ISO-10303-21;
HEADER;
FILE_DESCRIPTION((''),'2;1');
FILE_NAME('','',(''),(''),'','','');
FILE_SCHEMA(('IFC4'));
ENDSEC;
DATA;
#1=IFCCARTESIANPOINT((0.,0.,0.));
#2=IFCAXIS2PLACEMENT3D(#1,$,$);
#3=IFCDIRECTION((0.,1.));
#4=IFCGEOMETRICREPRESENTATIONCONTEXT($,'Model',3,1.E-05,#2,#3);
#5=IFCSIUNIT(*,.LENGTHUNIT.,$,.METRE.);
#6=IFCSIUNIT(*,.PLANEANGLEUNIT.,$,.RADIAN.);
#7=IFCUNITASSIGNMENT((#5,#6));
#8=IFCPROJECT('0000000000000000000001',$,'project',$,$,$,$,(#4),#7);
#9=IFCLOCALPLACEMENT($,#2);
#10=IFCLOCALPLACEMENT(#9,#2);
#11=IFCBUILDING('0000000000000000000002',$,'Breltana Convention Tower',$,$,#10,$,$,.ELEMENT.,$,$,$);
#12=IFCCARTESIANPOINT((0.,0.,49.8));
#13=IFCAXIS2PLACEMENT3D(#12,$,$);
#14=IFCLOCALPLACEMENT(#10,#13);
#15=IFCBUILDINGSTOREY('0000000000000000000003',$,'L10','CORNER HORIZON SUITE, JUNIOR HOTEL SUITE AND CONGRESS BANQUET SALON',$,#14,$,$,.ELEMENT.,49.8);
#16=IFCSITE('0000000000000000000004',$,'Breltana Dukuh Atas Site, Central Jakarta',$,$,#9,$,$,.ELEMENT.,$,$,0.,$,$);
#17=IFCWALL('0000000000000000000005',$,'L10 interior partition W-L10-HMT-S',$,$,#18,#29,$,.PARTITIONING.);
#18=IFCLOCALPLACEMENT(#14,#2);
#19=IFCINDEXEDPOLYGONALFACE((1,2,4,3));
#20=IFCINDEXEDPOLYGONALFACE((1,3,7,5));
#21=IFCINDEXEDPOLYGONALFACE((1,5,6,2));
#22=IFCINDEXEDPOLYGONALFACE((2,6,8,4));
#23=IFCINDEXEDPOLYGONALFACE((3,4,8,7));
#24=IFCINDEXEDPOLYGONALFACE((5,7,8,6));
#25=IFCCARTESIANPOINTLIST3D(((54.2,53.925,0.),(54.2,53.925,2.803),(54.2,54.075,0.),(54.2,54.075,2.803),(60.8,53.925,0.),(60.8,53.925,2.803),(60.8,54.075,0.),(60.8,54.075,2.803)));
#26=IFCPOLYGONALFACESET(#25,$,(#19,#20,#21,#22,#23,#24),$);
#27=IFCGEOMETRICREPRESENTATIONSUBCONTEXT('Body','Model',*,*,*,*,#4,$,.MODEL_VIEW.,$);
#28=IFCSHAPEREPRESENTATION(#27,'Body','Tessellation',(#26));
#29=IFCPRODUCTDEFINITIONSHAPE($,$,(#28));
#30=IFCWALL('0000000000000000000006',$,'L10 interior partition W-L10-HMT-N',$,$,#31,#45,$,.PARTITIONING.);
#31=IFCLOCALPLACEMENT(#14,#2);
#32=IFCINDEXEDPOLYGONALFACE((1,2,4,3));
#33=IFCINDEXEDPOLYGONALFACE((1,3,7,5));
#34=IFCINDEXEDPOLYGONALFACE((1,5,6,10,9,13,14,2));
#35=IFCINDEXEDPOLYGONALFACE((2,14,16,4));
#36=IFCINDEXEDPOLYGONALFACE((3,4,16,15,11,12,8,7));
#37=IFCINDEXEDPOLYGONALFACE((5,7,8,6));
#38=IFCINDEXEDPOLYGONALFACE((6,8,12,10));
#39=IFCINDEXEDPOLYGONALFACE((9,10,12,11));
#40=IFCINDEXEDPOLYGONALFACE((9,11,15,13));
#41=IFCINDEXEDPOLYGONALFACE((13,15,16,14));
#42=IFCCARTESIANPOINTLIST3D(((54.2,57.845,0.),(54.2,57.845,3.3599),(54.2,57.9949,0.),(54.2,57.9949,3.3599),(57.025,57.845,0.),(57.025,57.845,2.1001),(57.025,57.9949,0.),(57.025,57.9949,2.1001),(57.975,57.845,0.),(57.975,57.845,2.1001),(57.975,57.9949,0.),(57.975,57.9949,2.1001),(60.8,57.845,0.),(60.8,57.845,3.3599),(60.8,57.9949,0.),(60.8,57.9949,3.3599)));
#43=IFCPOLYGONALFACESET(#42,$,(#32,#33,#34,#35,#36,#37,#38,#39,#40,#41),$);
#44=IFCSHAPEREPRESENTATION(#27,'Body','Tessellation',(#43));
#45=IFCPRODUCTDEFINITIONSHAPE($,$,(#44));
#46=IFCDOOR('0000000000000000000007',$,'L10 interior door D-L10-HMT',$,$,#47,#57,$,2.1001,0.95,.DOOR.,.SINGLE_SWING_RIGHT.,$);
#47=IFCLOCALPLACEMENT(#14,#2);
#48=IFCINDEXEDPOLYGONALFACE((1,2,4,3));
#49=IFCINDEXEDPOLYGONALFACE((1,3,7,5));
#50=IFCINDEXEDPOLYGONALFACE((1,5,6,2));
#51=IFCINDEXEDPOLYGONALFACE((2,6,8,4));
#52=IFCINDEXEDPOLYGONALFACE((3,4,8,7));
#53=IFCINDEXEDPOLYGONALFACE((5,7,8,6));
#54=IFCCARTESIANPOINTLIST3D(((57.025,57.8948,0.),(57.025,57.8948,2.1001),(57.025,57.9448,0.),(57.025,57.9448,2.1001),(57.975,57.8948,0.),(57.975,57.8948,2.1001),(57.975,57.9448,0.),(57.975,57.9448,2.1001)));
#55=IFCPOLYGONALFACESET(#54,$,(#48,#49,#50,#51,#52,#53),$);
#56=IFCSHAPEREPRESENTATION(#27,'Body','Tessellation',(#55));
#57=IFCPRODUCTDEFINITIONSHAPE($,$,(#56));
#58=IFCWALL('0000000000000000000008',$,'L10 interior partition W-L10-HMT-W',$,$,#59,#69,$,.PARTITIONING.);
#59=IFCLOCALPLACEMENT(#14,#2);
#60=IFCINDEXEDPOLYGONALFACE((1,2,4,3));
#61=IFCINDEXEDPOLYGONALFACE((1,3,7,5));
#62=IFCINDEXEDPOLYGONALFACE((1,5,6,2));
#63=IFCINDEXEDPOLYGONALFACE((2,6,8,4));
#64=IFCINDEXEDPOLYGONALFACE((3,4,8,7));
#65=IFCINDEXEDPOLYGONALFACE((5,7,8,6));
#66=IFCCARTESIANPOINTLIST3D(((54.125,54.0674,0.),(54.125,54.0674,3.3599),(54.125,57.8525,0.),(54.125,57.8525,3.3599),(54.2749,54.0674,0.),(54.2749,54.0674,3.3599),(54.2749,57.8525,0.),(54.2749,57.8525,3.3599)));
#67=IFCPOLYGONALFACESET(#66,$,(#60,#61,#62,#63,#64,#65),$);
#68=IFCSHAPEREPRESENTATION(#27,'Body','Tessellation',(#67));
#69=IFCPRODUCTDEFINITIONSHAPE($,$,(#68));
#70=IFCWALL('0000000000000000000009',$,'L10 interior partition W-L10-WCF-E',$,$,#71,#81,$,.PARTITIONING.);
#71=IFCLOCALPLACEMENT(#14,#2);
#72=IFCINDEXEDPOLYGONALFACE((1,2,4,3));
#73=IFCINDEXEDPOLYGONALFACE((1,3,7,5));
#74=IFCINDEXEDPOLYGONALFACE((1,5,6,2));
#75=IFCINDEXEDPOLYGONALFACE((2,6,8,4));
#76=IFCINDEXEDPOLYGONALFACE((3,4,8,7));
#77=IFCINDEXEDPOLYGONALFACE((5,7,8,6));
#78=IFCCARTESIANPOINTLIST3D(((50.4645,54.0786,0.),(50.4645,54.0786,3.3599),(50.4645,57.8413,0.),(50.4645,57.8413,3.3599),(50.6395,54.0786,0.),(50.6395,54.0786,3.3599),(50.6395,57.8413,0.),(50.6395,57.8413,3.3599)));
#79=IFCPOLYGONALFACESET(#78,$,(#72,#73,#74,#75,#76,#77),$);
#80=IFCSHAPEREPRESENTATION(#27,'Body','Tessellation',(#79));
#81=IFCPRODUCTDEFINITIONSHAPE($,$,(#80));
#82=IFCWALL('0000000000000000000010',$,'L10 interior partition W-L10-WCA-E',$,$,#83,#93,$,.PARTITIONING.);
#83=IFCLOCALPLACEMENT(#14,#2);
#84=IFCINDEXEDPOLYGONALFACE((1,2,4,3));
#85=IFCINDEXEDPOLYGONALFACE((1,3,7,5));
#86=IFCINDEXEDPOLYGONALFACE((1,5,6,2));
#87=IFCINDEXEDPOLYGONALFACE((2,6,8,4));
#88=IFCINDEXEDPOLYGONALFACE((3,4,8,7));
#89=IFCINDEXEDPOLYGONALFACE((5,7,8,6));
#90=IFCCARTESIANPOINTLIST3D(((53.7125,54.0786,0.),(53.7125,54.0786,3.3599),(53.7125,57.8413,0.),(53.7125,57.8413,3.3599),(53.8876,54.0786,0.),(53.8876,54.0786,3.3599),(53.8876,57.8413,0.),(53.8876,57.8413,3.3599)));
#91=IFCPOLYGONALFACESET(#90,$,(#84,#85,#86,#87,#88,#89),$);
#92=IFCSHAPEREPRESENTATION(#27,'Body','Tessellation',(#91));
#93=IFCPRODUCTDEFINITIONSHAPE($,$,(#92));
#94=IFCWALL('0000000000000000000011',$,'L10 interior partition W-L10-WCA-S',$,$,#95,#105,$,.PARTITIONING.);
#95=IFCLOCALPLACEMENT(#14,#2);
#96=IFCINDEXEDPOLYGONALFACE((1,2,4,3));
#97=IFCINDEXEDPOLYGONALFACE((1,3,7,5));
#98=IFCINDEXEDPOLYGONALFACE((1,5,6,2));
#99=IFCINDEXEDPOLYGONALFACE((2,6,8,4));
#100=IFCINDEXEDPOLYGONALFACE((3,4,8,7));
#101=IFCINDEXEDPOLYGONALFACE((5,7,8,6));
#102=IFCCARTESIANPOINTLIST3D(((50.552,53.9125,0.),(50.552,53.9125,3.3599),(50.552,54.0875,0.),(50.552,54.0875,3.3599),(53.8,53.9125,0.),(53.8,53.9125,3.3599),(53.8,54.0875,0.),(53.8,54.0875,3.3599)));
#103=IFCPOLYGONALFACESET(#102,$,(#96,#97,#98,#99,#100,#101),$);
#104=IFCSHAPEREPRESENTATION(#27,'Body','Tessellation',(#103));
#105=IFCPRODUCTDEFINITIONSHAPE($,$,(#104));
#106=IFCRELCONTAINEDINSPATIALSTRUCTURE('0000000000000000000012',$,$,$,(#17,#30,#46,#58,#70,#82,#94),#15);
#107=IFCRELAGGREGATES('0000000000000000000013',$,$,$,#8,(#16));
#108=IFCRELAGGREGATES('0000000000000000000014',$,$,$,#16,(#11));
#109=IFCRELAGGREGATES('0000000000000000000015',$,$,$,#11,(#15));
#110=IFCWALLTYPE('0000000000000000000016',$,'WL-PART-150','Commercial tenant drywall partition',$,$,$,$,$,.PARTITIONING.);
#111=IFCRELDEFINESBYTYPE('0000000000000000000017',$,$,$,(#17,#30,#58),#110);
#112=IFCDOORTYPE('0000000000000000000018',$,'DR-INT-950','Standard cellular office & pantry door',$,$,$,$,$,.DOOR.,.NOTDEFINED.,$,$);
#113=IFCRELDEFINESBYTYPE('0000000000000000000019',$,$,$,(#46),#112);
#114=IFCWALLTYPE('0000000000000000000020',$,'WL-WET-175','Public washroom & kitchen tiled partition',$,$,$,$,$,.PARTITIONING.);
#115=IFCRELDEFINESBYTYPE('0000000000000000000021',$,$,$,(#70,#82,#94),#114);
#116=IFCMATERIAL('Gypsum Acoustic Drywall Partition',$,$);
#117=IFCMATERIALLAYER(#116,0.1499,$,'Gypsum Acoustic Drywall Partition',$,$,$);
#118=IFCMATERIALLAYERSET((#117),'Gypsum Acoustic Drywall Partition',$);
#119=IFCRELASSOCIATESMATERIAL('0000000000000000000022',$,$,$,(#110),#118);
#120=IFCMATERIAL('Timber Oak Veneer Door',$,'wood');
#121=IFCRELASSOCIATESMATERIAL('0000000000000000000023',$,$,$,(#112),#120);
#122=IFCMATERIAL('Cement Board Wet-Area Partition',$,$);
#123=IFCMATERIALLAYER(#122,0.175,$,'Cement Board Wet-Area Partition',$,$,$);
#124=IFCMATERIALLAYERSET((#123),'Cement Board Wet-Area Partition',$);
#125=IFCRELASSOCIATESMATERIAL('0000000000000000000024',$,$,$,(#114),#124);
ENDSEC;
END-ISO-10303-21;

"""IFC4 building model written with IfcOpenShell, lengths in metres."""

from ifc_helpers import new_model, si_unit, direction, frame, frame_2d, origin, place, context, subcontext, project, spatial, rectangle, extrude, source, transform, mapped, material, layer, layer_set, type_object, type_shapes, element, fill, save


model = new_model("IFC4")

# Units and contexts
model_context = context("Model", 3, precision=1e-05, world=origin(), true_north=direction((0.0, 1.0)))
body_context = subcontext(model_context, "Body", "Model", "MODEL_VIEW")
ifc_project = project(units=[si_unit("LENGTHUNIT", "METRE"), si_unit("PLANEANGLEUNIT", "RADIAN")], contexts=[model_context])

# Site, building, storey
site_placement = place(None, origin())
site = spatial("IfcSite", under=ifc_project, at=site_placement, Name="Breltana Dukuh Atas Site, Central Jakarta", CompositionType="ELEMENT", RefElevation=0.0)
building_placement = place(site_placement, origin())
building = spatial("IfcBuilding", under=site, at=building_placement, Name="Breltana Convention Tower", CompositionType="ELEMENT")
storey_placement = place(building_placement, frame((0.0, 0.0, 49.8)))
storey = spatial("IfcBuildingStorey", under=building, at=storey_placement, Name="L10", Description="CORNER HORIZON SUITE, JUNIOR HOTEL SUITE AND CONGRESS BANQUET SALON", CompositionType="ELEMENT", Elevation=49.8)

# Wall
ifc_material_1 = material(Name="Gypsum Acoustic Drywall Partition")
ifc_layer_1 = layer(ifc_material_1, 0.1499, Name="Gypsum Acoustic Drywall Partition")
ifc_layer_set_1 = layer_set([ifc_layer_1], Name="Gypsum Acoustic Drywall Partition")
wall_type_1 = type_object("IfcWallType", Name="WL-PART-150", Description="Commercial tenant drywall partition", PredefinedType="PARTITIONING", material=ifc_layer_set_1)
shared_shape_1 = source(origin(), body_context, "Body", "SweptSolid", [
    extrude(rectangle(XDim=6.6001, YDim=0.1499, at=frame_2d((3.3, 0.0))), origin(), (0.0, 0.0, 1.0), 2.803),
])
wall_1_placement = place(storey_placement, frame((54.2, 54.0, 0.0), z_axis=(0.0, 0.0, 1.0), x_axis=(1.0, 0.0, 0.0)))
element("IfcWall", 1, at=wall_1_placement, inside=storey, type_object=wall_type_1, Name="L10 interior partition W-L10-HMT-S", PredefinedType="PARTITIONING", context=body_context, shape_type="MappedRepresentation", body=[
    mapped(shared_shape_1, transform((0.0, 0.0, 0.0), scale=1.0)),
])

# Wall, opening, door
shared_shape_2 = source(origin(), body_context, "Body", "SweptSolid", [
    extrude(rectangle(XDim=6.6001, YDim=0.1499, at=frame_2d((3.3, 0.0))), origin(), (0.0, 0.0, 1.0), 3.3599),
])
wall_2_placement = place(storey_placement, frame((54.2, 57.9199, 0.0), z_axis=(0.0, 0.0, 1.0), x_axis=(1.0, 0.0, 0.0)))
wall_2 = element("IfcWall", 2, at=wall_2_placement, inside=storey, type_object=wall_type_1, Name="L10 interior partition W-L10-HMT-N", PredefinedType="PARTITIONING", context=body_context, shape_type="MappedRepresentation", body=[
    mapped(shared_shape_2, transform((0.0, 0.0, 0.0), scale=1.0)),
])
opening_1_placement = place(wall_2_placement, frame((2.825, 0.0, 0.0)))
opening_1 = element("IfcOpeningElement", 3, at=opening_1_placement, cuts=wall_2, PredefinedType="OPENING", context=body_context, shape_type="SweptSolid", body=[
    extrude(rectangle(XDim=0.95, YDim=2.1001, at=frame_2d((0.4751, 1.05))), frame((0.0, 0.085, 0.0), z_axis=(0.0, -1.0, 0.0), x_axis=(1.0, 0.0, 0.0)), (0.0, 0.0, 1.0), 0.1699),
])
ifc_material_2 = material(Name="Timber Oak Veneer Door", Category="wood")
door_type_1 = type_object("IfcDoorType", Name="DR-INT-950", Description="Standard cellular office & pantry door", OperationType="NOTDEFINED", PredefinedType="DOOR", material=ifc_material_2)
shared_shape_3 = source(origin(), body_context, "Body", "SweptSolid", [
    extrude(rectangle(XDim=0.95, YDim=2.1001, at=frame_2d((0.4751, 1.05))), frame((0.0, 0.0249, 0.0), z_axis=(0.0, -1.0, 0.0), x_axis=(1.0, 0.0, 0.0)), (0.0, 0.0, 1.0), 0.05),
])
type_shapes(door_type_1, [shared_shape_3])
door_1_placement = place(opening_1_placement, origin())
door_1 = element("IfcDoor", 4, at=door_1_placement, inside=storey, type_object=door_type_1, Name="L10 interior door D-L10-HMT", OperationType="SINGLE_SWING_RIGHT", OverallHeight=2.1001, OverallWidth=0.95, PredefinedType="DOOR", context=body_context, shape_type="MappedRepresentation", body=[
    mapped(shared_shape_3, transform((0.0, 0.0, 0.0), scale=1.0)),
])
fill(opening_1, door_1)

# Walls
shared_shape_4 = source(origin(), body_context, "Body", "SweptSolid", [
    extrude(rectangle(XDim=3.7852, YDim=0.1499, at=frame_2d((1.8926, 0.0))), origin(), (0.0, 0.0, 1.0), 3.3599),
])
wall_3_placement = place(storey_placement, frame((54.2, 54.0674, 0.0), z_axis=(0.0, 0.0, 1.0), x_axis=(0.0, 1.0, 0.0)))
element("IfcWall", 5, at=wall_3_placement, inside=storey, type_object=wall_type_1, Name="L10 interior partition W-L10-HMT-W", PredefinedType="PARTITIONING", context=body_context, shape_type="MappedRepresentation", body=[
    mapped(shared_shape_4, transform((0.0, 0.0, 0.0), scale=1.0)),
])
ifc_material_3 = material(Name="Cement Board Wet-Area Partition")
ifc_layer_2 = layer(ifc_material_3, 0.175, Name="Cement Board Wet-Area Partition")
ifc_layer_set_2 = layer_set([ifc_layer_2], Name="Cement Board Wet-Area Partition")
wall_type_2 = type_object("IfcWallType", Name="WL-WET-175", Description="Public washroom & kitchen tiled partition", PredefinedType="PARTITIONING", material=ifc_layer_set_2)
shared_shape_5 = source(origin(), body_context, "Body", "SweptSolid", [
    extrude(rectangle(XDim=3.7627, YDim=0.175, at=frame_2d((1.8813, 0.0))), origin(), (0.0, 0.0, 1.0), 3.3599),
])
for number, where, z_axis, x_axis, name in (
    (6, (50.552, 54.0786, 0.0), (0.0, 0.0, 1.0), (0.0, 1.0, 0.0), "L10 interior partition W-L10-WCF-E"),
    (7, (53.8, 54.0786, 0.0), (0.0, 0.0, 1.0), (0.0, 1.0, 0.0), "L10 interior partition W-L10-WCA-E"),
):
    element("IfcWall", number, at=place(storey_placement, frame(where, z_axis=z_axis, x_axis=x_axis)), inside=storey, type_object=wall_type_2, Name=name, PredefinedType="PARTITIONING", context=body_context, shape_type="MappedRepresentation", body=[
        mapped(shared_shape_5, transform((0.0, 0.0, 0.0), scale=1.0)),
    ])
shared_shape_6 = source(origin(), body_context, "Body", "SweptSolid", [
    extrude(rectangle(XDim=3.248, YDim=0.175, at=frame_2d((1.624, 0.0))), origin(), (0.0, 0.0, 1.0), 3.3599),
])
wall_4_placement = place(storey_placement, frame((50.552, 54.0, 0.0), z_axis=(0.0, 0.0, 1.0), x_axis=(1.0, 0.0, 0.0)))
element("IfcWall", 8, at=wall_4_placement, inside=storey, type_object=wall_type_2, Name="L10 interior partition W-L10-WCA-S", PredefinedType="PARTITIONING", context=body_context, shape_type="MappedRepresentation", body=[
    mapped(shared_shape_6, transform((0.0, 0.0, 0.0), scale=1.0)),
])

save(model, "model.ifc")
